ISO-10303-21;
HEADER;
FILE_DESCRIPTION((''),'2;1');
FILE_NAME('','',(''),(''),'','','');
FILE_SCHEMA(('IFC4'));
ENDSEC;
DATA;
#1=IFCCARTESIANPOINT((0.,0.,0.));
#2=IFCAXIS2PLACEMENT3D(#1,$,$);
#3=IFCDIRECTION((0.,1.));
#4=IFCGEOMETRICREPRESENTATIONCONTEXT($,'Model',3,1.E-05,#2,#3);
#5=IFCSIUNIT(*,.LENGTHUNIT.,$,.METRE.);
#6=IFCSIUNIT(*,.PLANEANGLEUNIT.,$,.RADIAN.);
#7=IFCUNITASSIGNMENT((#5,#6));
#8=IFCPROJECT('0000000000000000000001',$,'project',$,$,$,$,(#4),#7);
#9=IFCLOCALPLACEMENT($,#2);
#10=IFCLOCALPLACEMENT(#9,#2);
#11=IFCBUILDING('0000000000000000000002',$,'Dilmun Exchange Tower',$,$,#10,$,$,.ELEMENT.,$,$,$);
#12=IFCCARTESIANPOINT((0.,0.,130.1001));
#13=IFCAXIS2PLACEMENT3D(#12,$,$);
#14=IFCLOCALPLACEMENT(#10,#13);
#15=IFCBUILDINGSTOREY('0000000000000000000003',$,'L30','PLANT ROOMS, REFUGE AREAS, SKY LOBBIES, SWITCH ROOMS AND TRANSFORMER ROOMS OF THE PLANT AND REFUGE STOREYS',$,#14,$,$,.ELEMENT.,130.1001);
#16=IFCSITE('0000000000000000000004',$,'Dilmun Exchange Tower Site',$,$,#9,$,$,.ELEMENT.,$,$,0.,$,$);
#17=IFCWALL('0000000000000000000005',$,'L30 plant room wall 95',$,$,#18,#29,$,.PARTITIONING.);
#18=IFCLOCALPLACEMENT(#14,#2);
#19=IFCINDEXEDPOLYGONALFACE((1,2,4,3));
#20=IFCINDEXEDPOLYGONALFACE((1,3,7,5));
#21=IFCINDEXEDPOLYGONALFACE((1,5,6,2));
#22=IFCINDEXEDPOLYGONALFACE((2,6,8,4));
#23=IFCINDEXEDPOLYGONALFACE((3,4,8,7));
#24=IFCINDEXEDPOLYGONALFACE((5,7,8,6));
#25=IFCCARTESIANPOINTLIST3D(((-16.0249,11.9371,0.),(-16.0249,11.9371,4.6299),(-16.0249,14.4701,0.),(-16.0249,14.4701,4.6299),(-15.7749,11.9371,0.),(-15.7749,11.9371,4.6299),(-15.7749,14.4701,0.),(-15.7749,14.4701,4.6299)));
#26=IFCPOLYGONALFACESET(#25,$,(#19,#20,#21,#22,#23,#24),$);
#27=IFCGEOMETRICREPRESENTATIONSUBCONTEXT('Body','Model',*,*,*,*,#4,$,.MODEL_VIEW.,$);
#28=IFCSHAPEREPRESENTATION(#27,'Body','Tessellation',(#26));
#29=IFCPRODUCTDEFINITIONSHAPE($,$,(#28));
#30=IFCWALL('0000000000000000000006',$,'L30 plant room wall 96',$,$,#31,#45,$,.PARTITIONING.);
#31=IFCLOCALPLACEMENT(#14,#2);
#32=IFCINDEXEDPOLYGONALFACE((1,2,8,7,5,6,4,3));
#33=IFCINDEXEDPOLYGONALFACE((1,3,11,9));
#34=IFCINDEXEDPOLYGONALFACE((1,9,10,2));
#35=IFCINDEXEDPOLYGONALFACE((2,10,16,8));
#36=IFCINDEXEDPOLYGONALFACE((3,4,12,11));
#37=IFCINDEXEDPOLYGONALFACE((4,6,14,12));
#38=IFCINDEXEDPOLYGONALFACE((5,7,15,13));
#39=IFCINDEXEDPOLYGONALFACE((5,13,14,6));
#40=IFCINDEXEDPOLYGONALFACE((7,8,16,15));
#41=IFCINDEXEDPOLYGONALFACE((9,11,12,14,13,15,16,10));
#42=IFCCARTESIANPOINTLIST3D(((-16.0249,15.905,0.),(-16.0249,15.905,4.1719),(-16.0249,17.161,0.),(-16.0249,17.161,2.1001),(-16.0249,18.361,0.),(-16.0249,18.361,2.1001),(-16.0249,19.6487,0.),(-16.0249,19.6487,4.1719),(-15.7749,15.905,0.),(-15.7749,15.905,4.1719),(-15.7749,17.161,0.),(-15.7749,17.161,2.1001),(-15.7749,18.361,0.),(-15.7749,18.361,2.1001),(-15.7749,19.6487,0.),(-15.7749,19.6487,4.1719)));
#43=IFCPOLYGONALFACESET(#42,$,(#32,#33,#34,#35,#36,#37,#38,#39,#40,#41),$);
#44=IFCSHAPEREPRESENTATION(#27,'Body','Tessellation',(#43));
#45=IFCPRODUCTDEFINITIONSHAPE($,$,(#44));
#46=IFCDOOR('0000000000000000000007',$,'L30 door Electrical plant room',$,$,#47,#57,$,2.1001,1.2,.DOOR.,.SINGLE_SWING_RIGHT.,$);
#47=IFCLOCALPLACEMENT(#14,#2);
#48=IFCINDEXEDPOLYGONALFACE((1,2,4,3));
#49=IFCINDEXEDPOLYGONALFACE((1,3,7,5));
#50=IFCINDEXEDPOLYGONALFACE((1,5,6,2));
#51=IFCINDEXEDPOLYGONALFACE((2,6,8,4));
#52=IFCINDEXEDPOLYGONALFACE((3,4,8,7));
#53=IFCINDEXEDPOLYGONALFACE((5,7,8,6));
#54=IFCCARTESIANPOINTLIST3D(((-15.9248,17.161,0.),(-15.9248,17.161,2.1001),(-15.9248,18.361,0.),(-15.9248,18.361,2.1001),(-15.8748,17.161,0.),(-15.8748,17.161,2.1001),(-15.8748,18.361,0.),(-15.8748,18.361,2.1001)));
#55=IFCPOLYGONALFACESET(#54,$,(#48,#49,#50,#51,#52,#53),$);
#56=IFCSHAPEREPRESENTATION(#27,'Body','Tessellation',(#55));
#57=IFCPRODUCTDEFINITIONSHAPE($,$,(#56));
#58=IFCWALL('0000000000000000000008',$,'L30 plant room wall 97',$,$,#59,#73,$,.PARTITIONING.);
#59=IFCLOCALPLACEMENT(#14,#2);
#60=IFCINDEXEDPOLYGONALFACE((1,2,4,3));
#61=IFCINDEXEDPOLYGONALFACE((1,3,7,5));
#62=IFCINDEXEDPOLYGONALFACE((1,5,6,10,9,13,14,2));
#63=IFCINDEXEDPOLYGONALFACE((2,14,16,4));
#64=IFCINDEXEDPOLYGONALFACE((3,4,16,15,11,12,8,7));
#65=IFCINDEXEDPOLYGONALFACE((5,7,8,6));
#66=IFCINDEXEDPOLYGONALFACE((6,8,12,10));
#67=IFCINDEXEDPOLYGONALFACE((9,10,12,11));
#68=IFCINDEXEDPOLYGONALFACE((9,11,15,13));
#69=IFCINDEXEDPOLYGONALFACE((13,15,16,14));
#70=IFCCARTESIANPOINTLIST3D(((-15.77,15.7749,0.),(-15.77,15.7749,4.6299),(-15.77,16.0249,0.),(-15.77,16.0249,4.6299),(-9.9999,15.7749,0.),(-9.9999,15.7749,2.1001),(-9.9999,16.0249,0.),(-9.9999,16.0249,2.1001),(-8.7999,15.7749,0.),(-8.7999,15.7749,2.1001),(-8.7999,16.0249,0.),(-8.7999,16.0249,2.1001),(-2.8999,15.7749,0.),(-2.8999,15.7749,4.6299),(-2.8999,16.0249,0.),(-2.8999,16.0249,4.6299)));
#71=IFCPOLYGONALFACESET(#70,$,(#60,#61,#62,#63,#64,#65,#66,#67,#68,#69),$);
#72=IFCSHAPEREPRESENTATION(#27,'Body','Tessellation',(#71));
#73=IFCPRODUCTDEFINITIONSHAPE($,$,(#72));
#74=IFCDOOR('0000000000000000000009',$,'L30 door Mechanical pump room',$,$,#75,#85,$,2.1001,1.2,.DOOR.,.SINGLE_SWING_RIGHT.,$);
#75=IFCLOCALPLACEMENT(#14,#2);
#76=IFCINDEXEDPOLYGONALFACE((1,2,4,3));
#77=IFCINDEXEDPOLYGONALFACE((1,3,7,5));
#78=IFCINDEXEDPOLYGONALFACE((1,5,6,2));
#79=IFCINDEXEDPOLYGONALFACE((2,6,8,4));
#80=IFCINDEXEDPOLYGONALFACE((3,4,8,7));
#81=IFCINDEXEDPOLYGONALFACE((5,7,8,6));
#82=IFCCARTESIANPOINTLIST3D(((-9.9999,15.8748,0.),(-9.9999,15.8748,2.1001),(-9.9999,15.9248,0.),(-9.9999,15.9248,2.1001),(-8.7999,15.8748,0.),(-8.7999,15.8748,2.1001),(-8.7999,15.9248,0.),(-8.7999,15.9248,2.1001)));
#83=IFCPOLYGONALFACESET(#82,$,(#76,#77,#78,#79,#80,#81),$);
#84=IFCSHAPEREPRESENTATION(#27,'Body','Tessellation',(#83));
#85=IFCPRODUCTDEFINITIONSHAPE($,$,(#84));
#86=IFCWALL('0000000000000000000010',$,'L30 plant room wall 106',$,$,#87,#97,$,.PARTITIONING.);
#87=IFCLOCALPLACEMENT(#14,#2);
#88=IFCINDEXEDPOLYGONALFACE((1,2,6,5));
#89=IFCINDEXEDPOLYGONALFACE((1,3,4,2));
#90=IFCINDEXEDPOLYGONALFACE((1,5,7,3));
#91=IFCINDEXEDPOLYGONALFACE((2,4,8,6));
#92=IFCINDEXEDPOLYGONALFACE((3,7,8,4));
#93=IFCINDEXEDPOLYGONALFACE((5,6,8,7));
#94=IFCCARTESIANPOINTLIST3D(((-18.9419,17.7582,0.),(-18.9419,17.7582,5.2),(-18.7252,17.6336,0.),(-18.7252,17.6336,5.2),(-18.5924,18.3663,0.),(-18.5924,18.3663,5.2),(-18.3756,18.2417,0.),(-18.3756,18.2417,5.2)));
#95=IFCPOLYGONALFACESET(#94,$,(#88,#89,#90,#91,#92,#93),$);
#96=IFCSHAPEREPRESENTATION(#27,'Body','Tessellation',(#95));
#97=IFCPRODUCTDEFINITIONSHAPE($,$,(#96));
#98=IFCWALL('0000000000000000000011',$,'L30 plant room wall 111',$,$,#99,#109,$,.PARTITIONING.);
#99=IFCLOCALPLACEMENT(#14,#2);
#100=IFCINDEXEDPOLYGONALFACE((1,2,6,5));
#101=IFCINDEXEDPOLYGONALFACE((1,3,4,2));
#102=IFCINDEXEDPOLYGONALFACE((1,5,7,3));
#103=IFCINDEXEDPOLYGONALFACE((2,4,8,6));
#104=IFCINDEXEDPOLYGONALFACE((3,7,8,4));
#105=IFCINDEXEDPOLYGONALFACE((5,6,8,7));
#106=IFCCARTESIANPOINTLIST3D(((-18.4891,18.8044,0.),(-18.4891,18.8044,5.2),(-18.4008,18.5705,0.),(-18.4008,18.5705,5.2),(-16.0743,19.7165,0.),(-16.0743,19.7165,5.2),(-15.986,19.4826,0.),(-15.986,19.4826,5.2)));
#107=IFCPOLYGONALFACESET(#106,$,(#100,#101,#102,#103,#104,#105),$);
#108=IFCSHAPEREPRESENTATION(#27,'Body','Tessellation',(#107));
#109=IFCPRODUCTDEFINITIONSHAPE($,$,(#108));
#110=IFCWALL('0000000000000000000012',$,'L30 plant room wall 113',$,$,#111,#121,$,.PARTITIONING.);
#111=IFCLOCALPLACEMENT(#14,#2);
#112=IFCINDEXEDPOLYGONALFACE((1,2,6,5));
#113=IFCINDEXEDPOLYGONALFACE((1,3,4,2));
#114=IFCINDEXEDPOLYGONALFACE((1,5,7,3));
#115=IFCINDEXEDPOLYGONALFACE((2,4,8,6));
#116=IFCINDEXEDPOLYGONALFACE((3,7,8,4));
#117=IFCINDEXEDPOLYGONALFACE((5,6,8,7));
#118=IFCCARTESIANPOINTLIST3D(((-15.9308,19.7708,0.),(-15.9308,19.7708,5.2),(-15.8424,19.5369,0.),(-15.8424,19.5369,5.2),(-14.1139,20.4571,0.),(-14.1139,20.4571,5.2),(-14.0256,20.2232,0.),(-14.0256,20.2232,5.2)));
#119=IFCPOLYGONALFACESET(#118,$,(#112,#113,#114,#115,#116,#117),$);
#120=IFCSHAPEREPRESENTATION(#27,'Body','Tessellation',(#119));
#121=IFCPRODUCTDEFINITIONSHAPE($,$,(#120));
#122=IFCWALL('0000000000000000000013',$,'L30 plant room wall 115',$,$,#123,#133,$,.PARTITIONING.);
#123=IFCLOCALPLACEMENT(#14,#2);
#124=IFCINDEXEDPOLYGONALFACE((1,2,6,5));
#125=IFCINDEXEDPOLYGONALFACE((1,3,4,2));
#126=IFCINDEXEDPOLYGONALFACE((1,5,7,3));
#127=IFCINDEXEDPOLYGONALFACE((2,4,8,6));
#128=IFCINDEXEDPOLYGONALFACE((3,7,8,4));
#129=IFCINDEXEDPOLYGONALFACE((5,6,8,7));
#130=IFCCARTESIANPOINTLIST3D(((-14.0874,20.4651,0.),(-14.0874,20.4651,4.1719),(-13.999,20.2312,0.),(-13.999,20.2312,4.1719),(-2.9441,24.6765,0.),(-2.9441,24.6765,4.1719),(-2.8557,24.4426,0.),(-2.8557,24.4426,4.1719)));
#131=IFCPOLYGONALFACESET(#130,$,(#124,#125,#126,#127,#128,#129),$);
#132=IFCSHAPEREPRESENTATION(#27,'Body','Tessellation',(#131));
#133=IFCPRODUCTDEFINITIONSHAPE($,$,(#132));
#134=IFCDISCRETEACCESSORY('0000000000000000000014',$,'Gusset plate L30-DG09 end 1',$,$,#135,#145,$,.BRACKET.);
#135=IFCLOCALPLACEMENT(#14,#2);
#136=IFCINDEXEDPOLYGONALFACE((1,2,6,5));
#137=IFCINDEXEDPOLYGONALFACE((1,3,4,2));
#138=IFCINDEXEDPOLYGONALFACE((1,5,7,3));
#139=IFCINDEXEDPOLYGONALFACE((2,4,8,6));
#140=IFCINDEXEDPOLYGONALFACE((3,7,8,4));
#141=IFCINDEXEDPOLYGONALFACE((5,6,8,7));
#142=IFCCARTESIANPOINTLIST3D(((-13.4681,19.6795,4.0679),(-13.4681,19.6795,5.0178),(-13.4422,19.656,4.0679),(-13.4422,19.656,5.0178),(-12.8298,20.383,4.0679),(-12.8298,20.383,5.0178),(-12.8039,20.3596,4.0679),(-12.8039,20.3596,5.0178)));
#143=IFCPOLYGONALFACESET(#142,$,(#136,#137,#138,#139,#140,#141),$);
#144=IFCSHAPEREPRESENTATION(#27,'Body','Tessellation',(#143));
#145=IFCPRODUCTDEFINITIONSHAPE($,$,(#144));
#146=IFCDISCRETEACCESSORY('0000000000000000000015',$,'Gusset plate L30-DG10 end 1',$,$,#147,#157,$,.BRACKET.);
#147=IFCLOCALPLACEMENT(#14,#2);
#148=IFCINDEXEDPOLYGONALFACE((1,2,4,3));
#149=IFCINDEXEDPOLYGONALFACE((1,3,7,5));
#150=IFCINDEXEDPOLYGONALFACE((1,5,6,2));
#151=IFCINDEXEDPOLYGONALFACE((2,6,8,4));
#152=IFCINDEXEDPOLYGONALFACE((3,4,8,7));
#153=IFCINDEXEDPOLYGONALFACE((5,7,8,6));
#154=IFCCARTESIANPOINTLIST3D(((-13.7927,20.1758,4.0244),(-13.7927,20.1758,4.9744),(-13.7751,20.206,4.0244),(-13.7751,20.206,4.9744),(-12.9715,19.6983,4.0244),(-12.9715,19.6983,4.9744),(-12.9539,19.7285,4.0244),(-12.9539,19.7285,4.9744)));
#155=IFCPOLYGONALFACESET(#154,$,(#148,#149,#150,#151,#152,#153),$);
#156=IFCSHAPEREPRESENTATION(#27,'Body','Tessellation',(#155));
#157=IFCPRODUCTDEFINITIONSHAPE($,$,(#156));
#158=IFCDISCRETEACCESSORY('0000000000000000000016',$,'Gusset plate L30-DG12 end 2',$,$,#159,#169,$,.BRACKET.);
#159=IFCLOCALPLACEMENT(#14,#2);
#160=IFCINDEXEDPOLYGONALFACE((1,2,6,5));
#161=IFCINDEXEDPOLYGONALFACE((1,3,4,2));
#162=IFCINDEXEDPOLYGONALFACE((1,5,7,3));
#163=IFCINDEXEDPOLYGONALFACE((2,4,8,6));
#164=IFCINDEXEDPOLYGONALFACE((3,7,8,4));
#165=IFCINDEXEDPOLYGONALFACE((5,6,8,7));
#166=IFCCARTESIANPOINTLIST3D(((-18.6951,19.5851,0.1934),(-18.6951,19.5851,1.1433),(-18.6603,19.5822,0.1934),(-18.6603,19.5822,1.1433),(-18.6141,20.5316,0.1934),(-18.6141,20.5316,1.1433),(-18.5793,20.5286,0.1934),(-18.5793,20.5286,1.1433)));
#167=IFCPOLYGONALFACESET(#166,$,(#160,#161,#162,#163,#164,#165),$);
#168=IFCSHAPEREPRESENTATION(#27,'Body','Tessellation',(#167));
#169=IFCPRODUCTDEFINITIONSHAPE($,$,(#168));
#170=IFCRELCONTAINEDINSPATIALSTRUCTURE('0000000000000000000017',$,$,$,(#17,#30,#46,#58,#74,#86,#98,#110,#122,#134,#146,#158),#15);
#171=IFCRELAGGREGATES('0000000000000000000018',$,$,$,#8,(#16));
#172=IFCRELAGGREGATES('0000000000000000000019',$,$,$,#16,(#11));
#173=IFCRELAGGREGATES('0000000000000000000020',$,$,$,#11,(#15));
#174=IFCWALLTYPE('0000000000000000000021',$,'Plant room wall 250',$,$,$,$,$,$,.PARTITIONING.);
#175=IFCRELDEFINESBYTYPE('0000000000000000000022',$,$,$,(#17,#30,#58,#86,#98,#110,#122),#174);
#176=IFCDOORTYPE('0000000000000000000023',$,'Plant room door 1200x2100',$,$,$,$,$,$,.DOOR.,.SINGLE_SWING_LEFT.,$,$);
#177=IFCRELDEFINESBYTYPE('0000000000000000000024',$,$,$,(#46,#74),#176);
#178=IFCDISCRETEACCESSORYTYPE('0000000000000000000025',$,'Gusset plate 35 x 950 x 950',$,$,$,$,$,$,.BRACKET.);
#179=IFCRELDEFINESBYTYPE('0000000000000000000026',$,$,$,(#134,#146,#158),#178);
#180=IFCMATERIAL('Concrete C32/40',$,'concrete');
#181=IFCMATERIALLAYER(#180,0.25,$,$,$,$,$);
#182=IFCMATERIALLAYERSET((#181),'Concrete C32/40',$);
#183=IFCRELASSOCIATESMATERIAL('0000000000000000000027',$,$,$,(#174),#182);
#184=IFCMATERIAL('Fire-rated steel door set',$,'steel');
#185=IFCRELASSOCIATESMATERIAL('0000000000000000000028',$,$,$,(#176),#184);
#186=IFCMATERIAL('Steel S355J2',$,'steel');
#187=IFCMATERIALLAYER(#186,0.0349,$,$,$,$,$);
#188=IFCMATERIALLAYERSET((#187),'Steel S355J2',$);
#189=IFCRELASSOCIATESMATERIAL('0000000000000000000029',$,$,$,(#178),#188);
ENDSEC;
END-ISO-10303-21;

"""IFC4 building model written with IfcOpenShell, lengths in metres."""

from ifc_helpers import new_model, si_unit, direction, frame, frame_2d, origin, origin_2d, place, context, subcontext, project, spatial, rectangle, extrude, material, layer, layer_set, type_object, element, fill, save


model = new_model("IFC4")

# Units and contexts
model_context = context("Model", 3, precision=1e-05, world=origin(), true_north=direction((0.0, 1.0)))
body_context = subcontext(model_context, "Body", "Model", "MODEL_VIEW")
ifc_project = project(units=[si_unit("LENGTHUNIT", "METRE"), si_unit("PLANEANGLEUNIT", "RADIAN")], contexts=[model_context])

# Site, building, storey
site_placement = place(None, origin())
site = spatial("IfcSite", under=ifc_project, at=site_placement, Name="Dilmun Exchange Tower Site", CompositionType="ELEMENT", RefElevation=0.0)
building_placement = place(site_placement, origin())
building = spatial("IfcBuilding", under=site, at=building_placement, Name="Dilmun Exchange Tower", CompositionType="ELEMENT")
storey_placement = place(building_placement, frame((0.0, 0.0, 130.1001)))
storey = spatial("IfcBuildingStorey", under=building, at=storey_placement, Name="L30", Description="PLANT ROOMS, REFUGE AREAS, SKY LOBBIES, SWITCH ROOMS AND TRANSFORMER ROOMS OF THE PLANT AND REFUGE STOREYS", CompositionType="ELEMENT", Elevation=130.1001)

# Shared definitions
ifc_material_1 = material(Name="Fire-rated steel door set", Category="steel")

# Shared definitions
ifc_material_2 = material(Name="Concrete C32/40", Category="concrete")
ifc_layer_1 = layer(ifc_material_2, 0.25)
ifc_layer_set_1 = layer_set([ifc_layer_1], Name="Concrete C32/40")
wall_type_1 = type_object("IfcWallType", Name="Plant room wall 250", PredefinedType="PARTITIONING", material=ifc_layer_set_1)

# Wall
wall_1_placement = place(storey_placement, frame((-15.8999, 11.937, 0.0), z_axis=(0.0, 0.0, 1.0), x_axis=(0.0, 1.0, 0.0)))
element("IfcWall", 1, at=wall_1_placement, inside=storey, type_object=wall_type_1, Name="L30 plant room wall 95", PredefinedType="PARTITIONING", context=body_context, shape_type="SweptSolid", body=[
    extrude(rectangle(XDim=2.533, YDim=0.25, at=frame_2d((1.2666, 0.0))), origin(), (0.0, 0.0, 1.0), 4.6299),
])

# Walls, openings, doors
wall_2_placement = place(storey_placement, frame((-15.8999, 15.905, 0.0), z_axis=(0.0, 0.0, 1.0), x_axis=(0.0, 1.0, 0.0)))
wall_2 = element("IfcWall", 2, at=wall_2_placement, inside=storey, type_object=wall_type_1, Name="L30 plant room wall 96", PredefinedType="PARTITIONING", context=body_context, shape_type="SweptSolid", body=[
    extrude(rectangle(XDim=3.7437, YDim=0.25, at=frame_2d((1.8718, 0.0))), origin(), (0.0, 0.0, 1.0), 4.1719),
])
opening_1_placement = place(wall_2_placement, frame((1.2559, 0.0, 0.0)))
opening_1 = element("IfcOpeningElement", 3, at=opening_1_placement, cuts=wall_2, PredefinedType="OPENING", context=body_context, shape_type="SweptSolid", body=[
    extrude(rectangle(XDim=1.2, YDim=2.1001, at=frame_2d((0.6001, 1.05))), frame((0.0, 0.135, 0.0), z_axis=(0.0, -1.0, 0.0), x_axis=(1.0, 0.0, 0.0)), (0.0, 0.0, 1.0), 0.27),
])
door_type_1 = type_object("IfcDoorType", Name="Plant room door 1200x2100", OperationType="SINGLE_SWING_LEFT", PredefinedType="DOOR", material=ifc_material_1)
door_1_placement = place(opening_1_placement, origin())
door_1 = element("IfcDoor", 4, at=door_1_placement, inside=storey, type_object=door_type_1, Name="L30 door Electrical plant room", OperationType="SINGLE_SWING_RIGHT", OverallHeight=2.1001, OverallWidth=1.2, PredefinedType="DOOR", context=body_context, shape_type="SweptSolid", body=[
    extrude(rectangle(XDim=1.2, YDim=2.1001, at=frame_2d((0.6001, 1.05))), frame((0.0, 0.0249, 0.0), z_axis=(0.0, -1.0, 0.0), x_axis=(1.0, 0.0, 0.0)), (0.0, 0.0, 1.0), 0.05),
])
fill(opening_1, door_1)
wall_3_placement = place(storey_placement, frame((-15.77, 15.8999, 0.0), z_axis=(0.0, 0.0, 1.0), x_axis=(1.0, 0.0, 0.0)))
wall_3 = element("IfcWall", 5, at=wall_3_placement, inside=storey, type_object=wall_type_1, Name="L30 plant room wall 97", PredefinedType="PARTITIONING", context=body_context, shape_type="SweptSolid", body=[
    extrude(rectangle(XDim=12.8701, YDim=0.25, at=frame_2d((6.4351, 0.0))), origin(), (0.0, 0.0, 1.0), 4.6299),
])
opening_2_placement = place(wall_3_placement, frame((5.77, 0.0, 0.0)))
opening_2 = element("IfcOpeningElement", 6, at=opening_2_placement, cuts=wall_3, PredefinedType="OPENING", context=body_context, shape_type="SweptSolid", body=[
    extrude(rectangle(XDim=1.2, YDim=2.1001, at=frame_2d((0.6001, 1.05))), frame((0.0, 0.135, 0.0), z_axis=(0.0, -1.0, 0.0), x_axis=(1.0, 0.0, 0.0)), (0.0, 0.0, 1.0), 0.27),
])
door_2_placement = place(opening_2_placement, origin())
door_2 = element("IfcDoor", 7, at=door_2_placement, inside=storey, type_object=door_type_1, Name="L30 door Mechanical pump room", OperationType="SINGLE_SWING_RIGHT", OverallHeight=2.1001, OverallWidth=1.2, PredefinedType="DOOR", context=body_context, shape_type="SweptSolid", body=[
    extrude(rectangle(XDim=1.2, YDim=2.1001, at=frame_2d((0.6001, 1.05))), frame((0.0, 0.0249, 0.0), z_axis=(0.0, -1.0, 0.0), x_axis=(1.0, 0.0, 0.0)), (0.0, 0.0, 1.0), 0.05),
])
fill(opening_2, door_2)

# Walls
wall_4_placement = place(storey_placement, frame((-18.8335, 17.696, 0.0), z_axis=(0.0, 0.0, 1.0), x_axis=(0.498386, 0.866955, 0.0)))
element("IfcWall", 8, at=wall_4_placement, inside=storey, type_object=wall_type_1, Name="L30 plant room wall 106", PredefinedType="PARTITIONING", context=body_context, shape_type="SweptSolid", body=[
    extrude(rectangle(XDim=0.7014, YDim=0.25, at=frame_2d((0.3506, 0.0))), origin(), (0.0, 0.0, 1.0), 5.2),
])
wall_5_placement = place(storey_placement, frame((-18.4448, 18.6875, 0.0), z_axis=(0.0, 0.0, 1.0), x_axis=(0.935491, 0.353351, 0.0)))
element("IfcWall", 9, at=wall_5_placement, inside=storey, type_object=wall_type_1, Name="L30 plant room wall 111", PredefinedType="PARTITIONING", context=body_context, shape_type="SweptSolid", body=[
    extrude(rectangle(XDim=2.5813, YDim=0.25, at=frame_2d((1.2905, 0.0))), origin(), (0.0, 0.0, 1.0), 5.2),
])
wall_6_placement = place(storey_placement, frame((-15.8867, 19.6538, 0.0), z_axis=(0.0, 0.0, 1.0), x_axis=(0.93549, 0.353354, 0.0)))
element("IfcWall", 10, at=wall_6_placement, inside=storey, type_object=wall_type_1, Name="L30 plant room wall 113", PredefinedType="PARTITIONING", context=body_context, shape_type="SweptSolid", body=[
    extrude(rectangle(XDim=1.9421, YDim=0.25, at=frame_2d((0.9712, 0.0))), origin(), (0.0, 0.0, 1.0), 5.2),
])
wall_7_placement = place(storey_placement, frame((-14.0432, 20.3481, 0.0), z_axis=(0.0, 0.0, 1.0), x_axis=(0.935424, 0.353528, 0.0)))
element("IfcWall", 11, at=wall_7_placement, inside=storey, type_object=wall_type_1, Name="L30 plant room wall 115", PredefinedType="PARTITIONING", context=body_context, shape_type="SweptSolid", body=[
    extrude(rectangle(XDim=11.9126, YDim=0.25, at=frame_2d((5.9563, 0.0))), origin(), (0.0, 0.0, 1.0), 4.1719),
])

# Discrete accessories
ifc_material_3 = material(Name="Steel S355J2", Category="steel")
ifc_layer_2 = layer(ifc_material_3, 0.0349)
ifc_layer_set_2 = layer_set([ifc_layer_2], Name="Steel S355J2")
discrete_accessory_type = type_object("IfcDiscreteAccessoryType", Name="Gusset plate 35 x 950 x 950", PredefinedType="BRACKET", material=ifc_layer_set_2)
for number, where, z_axis, x_axis, name in (
    (12, (-13.136, 20.0195, 4.0679), (0.0, 0.0, 1.0), (0.671939, 0.740606, 0.0), "Gusset plate L30-DG09 end 1"),
    (13, (-13.3733, 19.9521, 4.0244), (0.0, 0.0, 1.0), (-0.864463, 0.502697, 0.0), "Gusset plate L30-DG10 end 1"),
    (14, (-18.6372, 20.0569, 0.1934), (0.0, 0.0, 1.0), (0.085328, 0.996353, 0.0), "Gusset plate L30-DG12 end 2"),
):
    element("IfcDiscreteAccessory", number, at=place(storey_placement, frame(where, z_axis=z_axis, x_axis=x_axis)), inside=storey, type_object=discrete_accessory_type, Name=name, PredefinedType="BRACKET", context=body_context, shape_type="SweptSolid", body=[
        extrude(rectangle(XDim=0.95, YDim=0.0349, at=origin_2d()), origin(), (0.0, 0.0, 1.0), 0.95),
    ])

save(model, "model.ifc")
